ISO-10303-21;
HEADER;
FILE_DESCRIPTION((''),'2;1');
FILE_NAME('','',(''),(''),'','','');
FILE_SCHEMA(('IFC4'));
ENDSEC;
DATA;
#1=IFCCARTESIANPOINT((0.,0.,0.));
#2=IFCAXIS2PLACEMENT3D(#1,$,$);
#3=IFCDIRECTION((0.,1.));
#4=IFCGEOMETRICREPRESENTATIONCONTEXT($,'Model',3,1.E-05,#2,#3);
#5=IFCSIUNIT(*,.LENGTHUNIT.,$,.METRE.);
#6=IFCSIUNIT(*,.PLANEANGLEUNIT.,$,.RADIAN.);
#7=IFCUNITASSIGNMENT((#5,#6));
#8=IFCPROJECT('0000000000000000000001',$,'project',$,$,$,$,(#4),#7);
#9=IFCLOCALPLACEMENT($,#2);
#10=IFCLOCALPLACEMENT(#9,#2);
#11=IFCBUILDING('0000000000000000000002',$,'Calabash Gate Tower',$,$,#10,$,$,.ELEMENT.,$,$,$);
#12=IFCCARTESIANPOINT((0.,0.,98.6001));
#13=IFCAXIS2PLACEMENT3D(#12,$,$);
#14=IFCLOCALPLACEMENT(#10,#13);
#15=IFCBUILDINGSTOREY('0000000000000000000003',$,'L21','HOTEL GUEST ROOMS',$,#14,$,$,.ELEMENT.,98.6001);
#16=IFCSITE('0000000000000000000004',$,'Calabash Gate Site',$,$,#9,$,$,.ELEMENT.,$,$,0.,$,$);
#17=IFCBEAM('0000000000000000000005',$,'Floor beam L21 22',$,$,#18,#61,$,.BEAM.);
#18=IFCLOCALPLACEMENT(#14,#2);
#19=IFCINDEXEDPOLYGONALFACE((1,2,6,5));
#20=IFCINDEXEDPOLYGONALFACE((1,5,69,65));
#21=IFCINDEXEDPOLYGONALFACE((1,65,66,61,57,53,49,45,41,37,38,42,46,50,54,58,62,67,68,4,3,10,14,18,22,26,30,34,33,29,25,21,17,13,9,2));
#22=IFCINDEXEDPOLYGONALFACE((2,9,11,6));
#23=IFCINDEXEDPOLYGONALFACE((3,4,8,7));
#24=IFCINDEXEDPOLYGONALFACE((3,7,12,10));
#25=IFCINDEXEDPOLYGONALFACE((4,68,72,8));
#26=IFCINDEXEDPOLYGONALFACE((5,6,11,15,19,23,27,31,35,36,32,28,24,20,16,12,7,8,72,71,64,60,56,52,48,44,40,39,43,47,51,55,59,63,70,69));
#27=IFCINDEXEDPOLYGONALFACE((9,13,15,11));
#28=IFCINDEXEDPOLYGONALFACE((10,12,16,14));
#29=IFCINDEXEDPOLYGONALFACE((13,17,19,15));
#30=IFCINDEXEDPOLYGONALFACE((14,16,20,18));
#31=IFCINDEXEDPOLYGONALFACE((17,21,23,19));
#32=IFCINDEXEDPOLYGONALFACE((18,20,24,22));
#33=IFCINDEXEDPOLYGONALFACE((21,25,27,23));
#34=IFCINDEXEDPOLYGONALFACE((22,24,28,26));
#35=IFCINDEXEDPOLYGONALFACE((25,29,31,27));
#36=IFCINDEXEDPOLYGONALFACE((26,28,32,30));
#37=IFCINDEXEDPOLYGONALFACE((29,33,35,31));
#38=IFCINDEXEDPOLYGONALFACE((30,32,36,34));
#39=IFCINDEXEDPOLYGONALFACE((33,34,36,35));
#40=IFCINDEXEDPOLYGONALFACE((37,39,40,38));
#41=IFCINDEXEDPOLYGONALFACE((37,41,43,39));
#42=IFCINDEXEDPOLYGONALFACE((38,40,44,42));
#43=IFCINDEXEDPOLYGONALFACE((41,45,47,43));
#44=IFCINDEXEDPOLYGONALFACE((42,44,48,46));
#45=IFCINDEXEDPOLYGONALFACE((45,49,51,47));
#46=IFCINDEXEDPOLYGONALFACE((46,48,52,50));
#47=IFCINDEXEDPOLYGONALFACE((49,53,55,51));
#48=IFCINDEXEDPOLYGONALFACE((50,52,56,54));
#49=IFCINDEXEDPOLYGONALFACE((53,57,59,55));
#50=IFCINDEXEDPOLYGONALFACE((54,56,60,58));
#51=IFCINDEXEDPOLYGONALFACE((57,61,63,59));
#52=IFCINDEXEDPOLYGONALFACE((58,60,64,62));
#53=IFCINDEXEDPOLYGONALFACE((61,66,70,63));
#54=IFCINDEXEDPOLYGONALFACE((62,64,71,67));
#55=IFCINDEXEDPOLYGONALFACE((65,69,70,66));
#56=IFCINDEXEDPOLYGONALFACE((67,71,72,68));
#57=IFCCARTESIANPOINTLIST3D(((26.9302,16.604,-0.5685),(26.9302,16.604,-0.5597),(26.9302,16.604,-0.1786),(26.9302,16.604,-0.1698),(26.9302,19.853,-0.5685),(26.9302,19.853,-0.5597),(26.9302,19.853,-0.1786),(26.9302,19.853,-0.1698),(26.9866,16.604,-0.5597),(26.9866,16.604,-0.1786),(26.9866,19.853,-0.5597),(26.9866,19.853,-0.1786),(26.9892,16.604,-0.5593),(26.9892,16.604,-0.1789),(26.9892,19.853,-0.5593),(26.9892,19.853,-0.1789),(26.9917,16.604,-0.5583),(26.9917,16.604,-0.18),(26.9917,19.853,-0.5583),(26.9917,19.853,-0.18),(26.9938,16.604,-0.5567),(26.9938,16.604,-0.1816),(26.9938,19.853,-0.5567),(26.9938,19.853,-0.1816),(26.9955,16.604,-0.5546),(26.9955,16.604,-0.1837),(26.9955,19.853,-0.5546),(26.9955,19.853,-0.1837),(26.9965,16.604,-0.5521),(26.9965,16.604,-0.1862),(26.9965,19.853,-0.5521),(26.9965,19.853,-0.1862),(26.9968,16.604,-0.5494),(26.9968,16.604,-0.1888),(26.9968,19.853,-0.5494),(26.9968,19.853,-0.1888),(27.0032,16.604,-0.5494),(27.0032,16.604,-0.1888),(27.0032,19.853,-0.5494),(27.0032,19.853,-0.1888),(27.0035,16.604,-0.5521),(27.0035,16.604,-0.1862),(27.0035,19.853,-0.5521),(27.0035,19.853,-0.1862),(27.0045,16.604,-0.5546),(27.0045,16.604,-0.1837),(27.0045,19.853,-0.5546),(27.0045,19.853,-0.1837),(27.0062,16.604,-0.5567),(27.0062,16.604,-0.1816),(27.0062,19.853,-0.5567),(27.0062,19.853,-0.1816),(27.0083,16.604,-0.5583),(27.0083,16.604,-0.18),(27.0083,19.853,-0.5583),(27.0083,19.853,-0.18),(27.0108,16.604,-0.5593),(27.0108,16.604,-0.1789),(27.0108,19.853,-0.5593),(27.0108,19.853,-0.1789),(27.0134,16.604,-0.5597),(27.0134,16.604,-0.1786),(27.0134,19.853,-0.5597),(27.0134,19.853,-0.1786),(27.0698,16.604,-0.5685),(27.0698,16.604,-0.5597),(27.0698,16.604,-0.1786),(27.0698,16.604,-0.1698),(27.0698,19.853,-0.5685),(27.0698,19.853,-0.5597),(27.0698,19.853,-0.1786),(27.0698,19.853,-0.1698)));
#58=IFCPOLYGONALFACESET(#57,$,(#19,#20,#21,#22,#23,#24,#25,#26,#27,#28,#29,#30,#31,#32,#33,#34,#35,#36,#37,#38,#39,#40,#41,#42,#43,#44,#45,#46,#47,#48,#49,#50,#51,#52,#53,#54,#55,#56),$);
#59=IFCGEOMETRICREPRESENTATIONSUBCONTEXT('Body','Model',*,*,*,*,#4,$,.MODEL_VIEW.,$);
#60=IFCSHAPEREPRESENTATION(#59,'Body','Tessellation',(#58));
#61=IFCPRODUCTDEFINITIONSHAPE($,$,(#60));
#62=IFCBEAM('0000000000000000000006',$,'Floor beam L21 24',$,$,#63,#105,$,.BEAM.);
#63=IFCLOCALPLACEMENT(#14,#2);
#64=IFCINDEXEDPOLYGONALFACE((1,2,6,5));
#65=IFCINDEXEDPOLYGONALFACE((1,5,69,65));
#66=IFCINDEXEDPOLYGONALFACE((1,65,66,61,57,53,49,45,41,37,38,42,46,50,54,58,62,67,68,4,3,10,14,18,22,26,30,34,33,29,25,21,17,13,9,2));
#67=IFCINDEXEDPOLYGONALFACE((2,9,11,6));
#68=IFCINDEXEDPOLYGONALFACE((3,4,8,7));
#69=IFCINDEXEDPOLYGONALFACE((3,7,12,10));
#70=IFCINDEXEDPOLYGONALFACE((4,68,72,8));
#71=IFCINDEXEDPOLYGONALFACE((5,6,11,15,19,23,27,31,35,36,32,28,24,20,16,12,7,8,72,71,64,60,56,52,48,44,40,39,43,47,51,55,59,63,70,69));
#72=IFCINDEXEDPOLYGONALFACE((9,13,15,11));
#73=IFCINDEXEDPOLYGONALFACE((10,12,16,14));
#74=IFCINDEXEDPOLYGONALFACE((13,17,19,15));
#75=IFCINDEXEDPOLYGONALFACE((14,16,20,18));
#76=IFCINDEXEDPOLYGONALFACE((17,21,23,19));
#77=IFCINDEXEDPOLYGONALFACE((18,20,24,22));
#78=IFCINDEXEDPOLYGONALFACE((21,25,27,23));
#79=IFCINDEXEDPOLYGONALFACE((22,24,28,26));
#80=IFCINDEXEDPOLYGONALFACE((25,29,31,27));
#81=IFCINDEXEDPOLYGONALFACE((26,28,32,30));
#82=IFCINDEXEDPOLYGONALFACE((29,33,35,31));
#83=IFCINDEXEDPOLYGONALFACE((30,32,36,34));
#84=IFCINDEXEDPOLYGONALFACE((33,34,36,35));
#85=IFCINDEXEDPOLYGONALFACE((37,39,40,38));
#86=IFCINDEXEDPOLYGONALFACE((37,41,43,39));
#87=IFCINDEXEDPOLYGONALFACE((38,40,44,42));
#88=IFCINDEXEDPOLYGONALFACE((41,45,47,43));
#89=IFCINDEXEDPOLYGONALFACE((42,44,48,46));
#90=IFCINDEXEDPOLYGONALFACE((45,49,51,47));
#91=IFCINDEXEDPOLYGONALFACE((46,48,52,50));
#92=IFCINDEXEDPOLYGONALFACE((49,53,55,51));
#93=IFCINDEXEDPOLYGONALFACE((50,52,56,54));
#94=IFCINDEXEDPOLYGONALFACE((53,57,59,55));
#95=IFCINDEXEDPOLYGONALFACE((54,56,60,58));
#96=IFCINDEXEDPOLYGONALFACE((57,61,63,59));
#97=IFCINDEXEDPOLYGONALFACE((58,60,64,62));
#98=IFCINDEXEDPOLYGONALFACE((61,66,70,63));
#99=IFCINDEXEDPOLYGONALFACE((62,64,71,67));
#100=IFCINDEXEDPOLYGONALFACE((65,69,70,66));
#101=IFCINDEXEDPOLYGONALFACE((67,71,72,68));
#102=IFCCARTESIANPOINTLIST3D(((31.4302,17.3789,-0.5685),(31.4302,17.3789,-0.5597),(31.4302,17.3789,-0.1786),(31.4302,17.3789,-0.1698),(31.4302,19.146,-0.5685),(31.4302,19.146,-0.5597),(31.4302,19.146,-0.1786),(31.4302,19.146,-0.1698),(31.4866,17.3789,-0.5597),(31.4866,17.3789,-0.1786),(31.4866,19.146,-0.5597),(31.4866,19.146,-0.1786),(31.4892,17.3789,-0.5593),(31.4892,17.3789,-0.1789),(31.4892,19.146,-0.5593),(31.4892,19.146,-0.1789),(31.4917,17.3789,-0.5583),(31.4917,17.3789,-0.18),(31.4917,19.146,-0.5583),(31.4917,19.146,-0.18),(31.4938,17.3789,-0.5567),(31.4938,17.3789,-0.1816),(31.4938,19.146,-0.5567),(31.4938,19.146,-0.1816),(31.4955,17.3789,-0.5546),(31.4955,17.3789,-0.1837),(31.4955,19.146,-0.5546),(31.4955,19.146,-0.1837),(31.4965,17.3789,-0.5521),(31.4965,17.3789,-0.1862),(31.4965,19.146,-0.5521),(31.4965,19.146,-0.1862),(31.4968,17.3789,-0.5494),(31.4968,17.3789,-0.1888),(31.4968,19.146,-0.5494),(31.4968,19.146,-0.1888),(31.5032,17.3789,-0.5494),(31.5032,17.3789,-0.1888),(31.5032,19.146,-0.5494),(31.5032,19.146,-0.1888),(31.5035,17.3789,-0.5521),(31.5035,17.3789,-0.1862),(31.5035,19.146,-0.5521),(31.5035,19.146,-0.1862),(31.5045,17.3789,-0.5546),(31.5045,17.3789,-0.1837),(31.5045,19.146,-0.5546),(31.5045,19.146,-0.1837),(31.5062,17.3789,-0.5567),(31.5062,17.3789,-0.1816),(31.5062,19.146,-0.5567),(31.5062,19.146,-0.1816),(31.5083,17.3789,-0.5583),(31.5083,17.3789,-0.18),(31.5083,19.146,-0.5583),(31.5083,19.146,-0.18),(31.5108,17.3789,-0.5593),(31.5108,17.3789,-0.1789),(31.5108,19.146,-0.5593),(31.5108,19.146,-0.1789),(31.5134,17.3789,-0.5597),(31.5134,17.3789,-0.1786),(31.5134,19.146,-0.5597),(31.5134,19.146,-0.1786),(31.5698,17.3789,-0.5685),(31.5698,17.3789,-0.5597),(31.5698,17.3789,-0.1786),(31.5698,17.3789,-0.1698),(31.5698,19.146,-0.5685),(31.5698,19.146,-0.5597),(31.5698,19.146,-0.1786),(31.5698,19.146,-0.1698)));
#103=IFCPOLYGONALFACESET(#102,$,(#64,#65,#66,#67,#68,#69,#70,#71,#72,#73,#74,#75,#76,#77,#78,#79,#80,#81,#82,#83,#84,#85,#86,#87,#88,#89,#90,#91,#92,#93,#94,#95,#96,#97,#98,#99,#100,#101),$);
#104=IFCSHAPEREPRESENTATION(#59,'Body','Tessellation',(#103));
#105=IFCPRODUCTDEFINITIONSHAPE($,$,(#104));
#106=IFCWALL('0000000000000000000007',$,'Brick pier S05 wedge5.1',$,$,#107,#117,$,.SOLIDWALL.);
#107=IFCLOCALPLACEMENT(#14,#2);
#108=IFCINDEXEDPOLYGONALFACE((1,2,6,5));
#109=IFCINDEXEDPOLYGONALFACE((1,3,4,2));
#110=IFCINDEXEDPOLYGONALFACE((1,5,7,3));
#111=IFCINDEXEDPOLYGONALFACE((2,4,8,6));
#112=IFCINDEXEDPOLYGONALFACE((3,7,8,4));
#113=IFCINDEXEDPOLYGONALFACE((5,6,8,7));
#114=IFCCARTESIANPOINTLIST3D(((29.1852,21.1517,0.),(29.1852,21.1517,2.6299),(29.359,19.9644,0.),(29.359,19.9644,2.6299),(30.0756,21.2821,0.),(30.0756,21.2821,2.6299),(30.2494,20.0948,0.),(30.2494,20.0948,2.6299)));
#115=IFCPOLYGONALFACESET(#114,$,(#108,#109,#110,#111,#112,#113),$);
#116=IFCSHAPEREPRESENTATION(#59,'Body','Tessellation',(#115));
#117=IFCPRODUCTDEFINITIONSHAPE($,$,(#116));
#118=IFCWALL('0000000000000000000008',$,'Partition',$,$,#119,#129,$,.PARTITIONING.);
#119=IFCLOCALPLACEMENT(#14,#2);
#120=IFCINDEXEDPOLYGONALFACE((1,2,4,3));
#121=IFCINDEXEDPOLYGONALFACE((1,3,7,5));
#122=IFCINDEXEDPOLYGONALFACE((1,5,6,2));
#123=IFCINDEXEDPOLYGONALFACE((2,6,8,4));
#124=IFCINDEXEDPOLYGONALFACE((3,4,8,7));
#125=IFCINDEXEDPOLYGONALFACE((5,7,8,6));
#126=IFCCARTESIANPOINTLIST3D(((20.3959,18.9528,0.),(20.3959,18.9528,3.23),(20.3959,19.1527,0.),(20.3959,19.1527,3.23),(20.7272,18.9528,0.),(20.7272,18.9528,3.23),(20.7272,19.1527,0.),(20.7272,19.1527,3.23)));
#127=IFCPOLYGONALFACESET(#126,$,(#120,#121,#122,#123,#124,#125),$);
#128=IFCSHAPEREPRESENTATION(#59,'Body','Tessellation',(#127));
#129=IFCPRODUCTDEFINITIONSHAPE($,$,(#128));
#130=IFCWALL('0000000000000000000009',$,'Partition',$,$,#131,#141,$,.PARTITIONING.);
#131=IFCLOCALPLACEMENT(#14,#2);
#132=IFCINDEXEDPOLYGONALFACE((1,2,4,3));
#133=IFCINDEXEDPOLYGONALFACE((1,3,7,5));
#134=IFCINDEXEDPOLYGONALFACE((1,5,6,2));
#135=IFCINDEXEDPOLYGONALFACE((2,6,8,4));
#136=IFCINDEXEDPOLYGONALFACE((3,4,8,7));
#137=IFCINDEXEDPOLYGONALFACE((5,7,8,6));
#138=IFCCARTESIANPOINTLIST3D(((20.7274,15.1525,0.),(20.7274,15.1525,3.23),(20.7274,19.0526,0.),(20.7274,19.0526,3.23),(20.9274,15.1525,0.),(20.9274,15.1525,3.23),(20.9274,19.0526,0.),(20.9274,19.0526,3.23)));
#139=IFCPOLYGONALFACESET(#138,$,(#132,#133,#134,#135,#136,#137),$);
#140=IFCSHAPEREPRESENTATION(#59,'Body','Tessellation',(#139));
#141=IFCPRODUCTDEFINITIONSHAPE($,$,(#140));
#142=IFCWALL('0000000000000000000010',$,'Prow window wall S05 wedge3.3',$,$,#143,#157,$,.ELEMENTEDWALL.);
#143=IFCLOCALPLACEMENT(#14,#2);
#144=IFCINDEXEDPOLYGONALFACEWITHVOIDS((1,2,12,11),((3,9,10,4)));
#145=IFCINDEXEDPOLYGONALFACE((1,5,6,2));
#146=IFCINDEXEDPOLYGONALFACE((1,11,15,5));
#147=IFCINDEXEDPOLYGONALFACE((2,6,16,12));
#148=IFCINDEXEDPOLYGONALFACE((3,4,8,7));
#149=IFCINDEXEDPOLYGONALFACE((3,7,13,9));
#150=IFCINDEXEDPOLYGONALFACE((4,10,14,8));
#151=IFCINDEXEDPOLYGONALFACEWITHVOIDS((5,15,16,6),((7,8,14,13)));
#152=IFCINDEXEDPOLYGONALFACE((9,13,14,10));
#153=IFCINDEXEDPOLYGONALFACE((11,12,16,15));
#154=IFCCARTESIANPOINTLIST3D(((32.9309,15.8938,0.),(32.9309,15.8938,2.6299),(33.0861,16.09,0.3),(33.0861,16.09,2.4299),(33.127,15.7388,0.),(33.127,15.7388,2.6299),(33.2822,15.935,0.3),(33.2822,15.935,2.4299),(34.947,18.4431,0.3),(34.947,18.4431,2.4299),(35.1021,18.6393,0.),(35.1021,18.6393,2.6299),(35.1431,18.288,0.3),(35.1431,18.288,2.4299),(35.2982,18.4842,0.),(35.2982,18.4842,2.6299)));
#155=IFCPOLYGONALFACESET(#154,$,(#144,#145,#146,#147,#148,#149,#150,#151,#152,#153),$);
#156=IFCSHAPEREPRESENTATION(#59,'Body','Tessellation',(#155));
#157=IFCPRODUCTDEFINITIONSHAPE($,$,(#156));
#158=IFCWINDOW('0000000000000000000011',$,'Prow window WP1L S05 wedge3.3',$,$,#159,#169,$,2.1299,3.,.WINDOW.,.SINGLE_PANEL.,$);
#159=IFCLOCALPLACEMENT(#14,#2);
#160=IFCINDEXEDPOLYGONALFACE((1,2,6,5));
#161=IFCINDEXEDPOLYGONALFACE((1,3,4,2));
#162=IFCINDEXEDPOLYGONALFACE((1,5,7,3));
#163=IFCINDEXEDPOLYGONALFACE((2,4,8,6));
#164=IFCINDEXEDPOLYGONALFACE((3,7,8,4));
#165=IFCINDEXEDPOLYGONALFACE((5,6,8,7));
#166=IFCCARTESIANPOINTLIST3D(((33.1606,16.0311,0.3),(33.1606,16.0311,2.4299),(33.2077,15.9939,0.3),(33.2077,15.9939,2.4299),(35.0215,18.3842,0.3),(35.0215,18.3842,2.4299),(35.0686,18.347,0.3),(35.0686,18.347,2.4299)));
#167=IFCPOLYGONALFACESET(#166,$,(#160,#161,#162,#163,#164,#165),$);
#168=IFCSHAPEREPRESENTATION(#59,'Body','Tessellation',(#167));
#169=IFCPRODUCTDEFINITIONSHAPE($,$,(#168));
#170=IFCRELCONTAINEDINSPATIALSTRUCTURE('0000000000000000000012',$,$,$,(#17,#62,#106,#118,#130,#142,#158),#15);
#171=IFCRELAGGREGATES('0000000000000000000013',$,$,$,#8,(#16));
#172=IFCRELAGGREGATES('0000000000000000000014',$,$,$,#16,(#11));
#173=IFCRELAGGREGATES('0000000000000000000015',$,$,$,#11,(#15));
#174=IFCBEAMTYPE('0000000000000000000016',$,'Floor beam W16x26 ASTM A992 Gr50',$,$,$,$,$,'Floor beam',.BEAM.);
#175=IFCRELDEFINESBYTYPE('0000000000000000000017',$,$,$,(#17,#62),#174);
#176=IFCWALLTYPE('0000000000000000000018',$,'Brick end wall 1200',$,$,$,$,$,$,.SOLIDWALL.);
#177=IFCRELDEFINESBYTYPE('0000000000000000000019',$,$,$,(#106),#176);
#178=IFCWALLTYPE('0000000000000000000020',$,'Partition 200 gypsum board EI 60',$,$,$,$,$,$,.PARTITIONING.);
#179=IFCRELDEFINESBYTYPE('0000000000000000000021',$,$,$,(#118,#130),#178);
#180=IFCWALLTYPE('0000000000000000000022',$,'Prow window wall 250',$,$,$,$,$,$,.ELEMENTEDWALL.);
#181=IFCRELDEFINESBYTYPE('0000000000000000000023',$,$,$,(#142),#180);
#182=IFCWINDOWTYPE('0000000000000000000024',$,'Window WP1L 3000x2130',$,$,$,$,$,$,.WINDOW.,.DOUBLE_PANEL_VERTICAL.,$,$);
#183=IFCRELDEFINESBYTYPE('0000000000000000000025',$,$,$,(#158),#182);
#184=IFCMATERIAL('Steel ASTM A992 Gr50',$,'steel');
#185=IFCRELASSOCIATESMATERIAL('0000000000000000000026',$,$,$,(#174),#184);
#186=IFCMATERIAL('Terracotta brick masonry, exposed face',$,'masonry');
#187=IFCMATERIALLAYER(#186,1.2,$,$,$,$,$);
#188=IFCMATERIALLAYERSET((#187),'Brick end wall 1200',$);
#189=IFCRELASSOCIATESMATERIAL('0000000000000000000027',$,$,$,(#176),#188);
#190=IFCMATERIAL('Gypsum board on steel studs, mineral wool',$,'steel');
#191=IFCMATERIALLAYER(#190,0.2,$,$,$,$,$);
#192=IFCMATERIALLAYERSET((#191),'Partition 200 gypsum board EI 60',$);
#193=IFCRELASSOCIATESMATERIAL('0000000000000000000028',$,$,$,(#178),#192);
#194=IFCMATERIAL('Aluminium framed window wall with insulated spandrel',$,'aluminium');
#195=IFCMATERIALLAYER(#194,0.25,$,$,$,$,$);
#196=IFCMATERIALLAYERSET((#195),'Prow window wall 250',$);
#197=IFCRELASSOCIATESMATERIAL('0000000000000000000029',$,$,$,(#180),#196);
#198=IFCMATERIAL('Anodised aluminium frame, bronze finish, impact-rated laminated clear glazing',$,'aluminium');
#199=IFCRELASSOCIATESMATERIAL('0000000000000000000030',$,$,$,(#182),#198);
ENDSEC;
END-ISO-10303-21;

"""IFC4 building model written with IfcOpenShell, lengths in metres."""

from ifc_helpers import new_model, si_unit, direction, frame, frame_2d, origin, origin_2d, place, context, subcontext, project, spatial, rectangle, i_section, extrude, material, layer, layer_set, material_profile, profile_set, type_object, element, fill, save


model = new_model("IFC4")

# Units and contexts
model_context = context("Model", 3, precision=1e-05, world=origin(), true_north=direction((0.0, 1.0)))
body_context = subcontext(model_context, "Body", "Model", "MODEL_VIEW")
ifc_project = project(units=[si_unit("LENGTHUNIT", "METRE"), si_unit("PLANEANGLEUNIT", "RADIAN")], contexts=[model_context])

# Site, building, storey
site_placement = place(None, origin())
site = spatial("IfcSite", under=ifc_project, at=site_placement, Name="Calabash Gate Site", CompositionType="ELEMENT", RefElevation=0.0)
building_placement = place(site_placement, origin())
building = spatial("IfcBuilding", under=site, at=building_placement, Name="Calabash Gate Tower", CompositionType="ELEMENT")
storey_placement = place(building_placement, frame((0.0, 0.0, 98.6001)))
storey = spatial("IfcBuildingStorey", under=building, at=storey_placement, Name="L21", Description="HOTEL GUEST ROOMS", CompositionType="ELEMENT", Elevation=98.6001)

# Beams
ifc_material_1 = material(Name="Steel ASTM A992 Gr50", Category="steel")
ifc_material_profile_1 = material_profile(ifc_material_1, i_section(OverallWidth=0.1396, OverallDepth=0.3987, WebThickness=0.0063, FlangeThickness=0.0088, FilletRadius=0.0103, at=origin_2d()))
ifc_profile_set_1 = profile_set([ifc_material_profile_1], Name="Steel ASTM A992 Gr50")
beam_type_1 = type_object("IfcBeamType", Name="Floor beam W16x26 ASTM A992 Gr50", ElementType="Floor beam", PredefinedType="BEAM", material=ifc_profile_set_1)
beam_1_placement = place(storey_placement, frame((27.0, 16.604, -0.3691), z_axis=(0.0, 1.0, 0.0), x_axis=(-1.0, 0.0, 0.0)))
element("IfcBeam", 1, at=beam_1_placement, inside=storey, type_object=beam_type_1, Name="Floor beam L21 22", PredefinedType="BEAM", context=body_context, shape_type="SweptSolid", body=[
    extrude(i_section(OverallWidth=0.1396, OverallDepth=0.3987, WebThickness=0.0063, FlangeThickness=0.0088, FilletRadius=0.0103, at=origin_2d()), origin(), (0.0, 0.0, 1.0), 3.249),
])
beam_2_placement = place(storey_placement, frame((31.5, 17.3789, -0.3691), z_axis=(0.0, 1.0, 0.0), x_axis=(-1.0, 0.0, 0.0)))
element("IfcBeam", 2, at=beam_2_placement, inside=storey, type_object=beam_type_1, Name="Floor beam L21 24", PredefinedType="BEAM", context=body_context, shape_type="SweptSolid", body=[
    extrude(i_section(OverallWidth=0.1396, OverallDepth=0.3987, WebThickness=0.0063, FlangeThickness=0.0088, FilletRadius=0.0103, at=origin_2d()), origin(), (0.0, 0.0, 1.0), 1.7671),
])

# Walls
ifc_material_2 = material(Name="Terracotta brick masonry, exposed face", Category="masonry")
ifc_layer_1 = layer(ifc_material_2, 1.2)
ifc_layer_set_1 = layer_set([ifc_layer_1], Name="Brick end wall 1200")
wall_type_1 = type_object("IfcWallType", Name="Brick end wall 1200", PredefinedType="SOLIDWALL", material=ifc_layer_set_1)
wall_1_placement = place(storey_placement, frame((29.6304, 21.217, 0.0), z_axis=(0.0, 0.0, 1.0), x_axis=(0.144867, -0.989451, 0.0)))
element("IfcWall", 3, at=wall_1_placement, inside=storey, type_object=wall_type_1, Name="Brick pier S05 wedge5.1", PredefinedType="SOLIDWALL", context=body_context, shape_type="SweptSolid", body=[
    extrude(rectangle(XDim=1.2, YDim=0.8999, at=frame_2d((0.6001, 0.0))), origin(), (0.0, 0.0, 1.0), 2.6299),
])
ifc_material_3 = material(Name="Gypsum board on steel studs, mineral wool", Category="steel")
ifc_layer_2 = layer(ifc_material_3, 0.2)
ifc_layer_set_2 = layer_set([ifc_layer_2], Name="Partition 200 gypsum board EI 60")
wall_type_2 = type_object("IfcWallType", Name="Partition 200 gypsum board EI 60", PredefinedType="PARTITIONING", material=ifc_layer_set_2)
wall_2_placement = place(storey_placement, frame((20.396, 19.0527, 0.0), z_axis=(0.0, 0.0, 1.0), x_axis=(1.0, 0.0, 0.0)))
element("IfcWall", 4, at=wall_2_placement, inside=storey, type_object=wall_type_2, Name="Partition", PredefinedType="PARTITIONING", context=body_context, shape_type="SweptSolid", body=[
    extrude(rectangle(XDim=0.3313, YDim=0.2, at=frame_2d((0.1655, 0.0))), origin(), (0.0, 0.0, 1.0), 3.23),
])
wall_3_placement = place(storey_placement, frame((20.8274, 19.0527, 0.0), z_axis=(0.0, 0.0, 1.0), x_axis=(0.0, -1.0, 0.0)))
element("IfcWall", 5, at=wall_3_placement, inside=storey, type_object=wall_type_2, Name="Partition", PredefinedType="PARTITIONING", context=body_context, shape_type="SweptSolid", body=[
    extrude(rectangle(XDim=3.9001, YDim=0.2, at=frame_2d((1.9502, 0.0))), origin(), (0.0, 0.0, 1.0), 3.23),
])

# Wall, opening, window
ifc_material_4 = material(Name="Aluminium framed window wall with insulated spandrel", Category="aluminium")
ifc_layer_3 = layer(ifc_material_4, 0.25)
ifc_layer_set_3 = layer_set([ifc_layer_3], Name="Prow window wall 250")
wall_type_3 = type_object("IfcWallType", Name="Prow window wall 250", PredefinedType="ELEMENTEDWALL", material=ifc_layer_set_3)
wall_4_placement = place(storey_placement, frame((33.0291, 15.8164, 0.0), z_axis=(0.0, 0.0, 1.0), x_axis=(0.620304, 0.784361, 0.0)))
wall_4 = element("IfcWall", 6, at=wall_4_placement, inside=storey, type_object=wall_type_3, Name="Prow window wall S05 wedge3.3", PredefinedType="ELEMENTEDWALL", context=body_context, shape_type="SweptSolid", body=[
    extrude(rectangle(XDim=3.5002, YDim=0.25, at=frame_2d((1.75, 0.0))), origin(), (0.0, 0.0, 1.0), 2.6299),
])
opening_1_placement = place(wall_4_placement, frame((0.25, 0.0, 0.3)))
opening_1 = element("IfcOpeningElement", 7, at=opening_1_placement, cuts=wall_4, PredefinedType="OPENING", context=body_context, shape_type="SweptSolid", body=[
    extrude(rectangle(XDim=3.0, YDim=2.1299, at=frame_2d((1.5, 1.0649))), frame((0.0, 0.135, 0.0), z_axis=(0.0, -1.0, 0.0), x_axis=(1.0, 0.0, 0.0)), (0.0, 0.0, 1.0), 0.27),
])
ifc_material_5 = material(Name="Anodised aluminium frame, bronze finish, impact-rated laminated clear glazing", Category="aluminium")
window_type = type_object("IfcWindowType", Name="Window WP1L 3000x2130", PartitioningType="DOUBLE_PANEL_VERTICAL", PredefinedType="WINDOW", material=ifc_material_5)
window_1_placement = place(opening_1_placement, origin())
window_1 = element("IfcWindow", 8, at=window_1_placement, inside=storey, type_object=window_type, Name="Prow window WP1L S05 wedge3.3", OverallHeight=2.1299, OverallWidth=3.0, PartitioningType="SINGLE_PANEL", PredefinedType="WINDOW", context=body_context, shape_type="SweptSolid", body=[
    extrude(rectangle(XDim=3.0, YDim=2.1299, at=frame_2d((1.5, 1.0649))), frame((0.0, 0.03, 0.0), z_axis=(0.0, -1.0, 0.0), x_axis=(1.0, 0.0, 0.0)), (0.0, 0.0, 1.0), 0.0601),
])
fill(opening_1, window_1)

save(model, "model.ifc")
